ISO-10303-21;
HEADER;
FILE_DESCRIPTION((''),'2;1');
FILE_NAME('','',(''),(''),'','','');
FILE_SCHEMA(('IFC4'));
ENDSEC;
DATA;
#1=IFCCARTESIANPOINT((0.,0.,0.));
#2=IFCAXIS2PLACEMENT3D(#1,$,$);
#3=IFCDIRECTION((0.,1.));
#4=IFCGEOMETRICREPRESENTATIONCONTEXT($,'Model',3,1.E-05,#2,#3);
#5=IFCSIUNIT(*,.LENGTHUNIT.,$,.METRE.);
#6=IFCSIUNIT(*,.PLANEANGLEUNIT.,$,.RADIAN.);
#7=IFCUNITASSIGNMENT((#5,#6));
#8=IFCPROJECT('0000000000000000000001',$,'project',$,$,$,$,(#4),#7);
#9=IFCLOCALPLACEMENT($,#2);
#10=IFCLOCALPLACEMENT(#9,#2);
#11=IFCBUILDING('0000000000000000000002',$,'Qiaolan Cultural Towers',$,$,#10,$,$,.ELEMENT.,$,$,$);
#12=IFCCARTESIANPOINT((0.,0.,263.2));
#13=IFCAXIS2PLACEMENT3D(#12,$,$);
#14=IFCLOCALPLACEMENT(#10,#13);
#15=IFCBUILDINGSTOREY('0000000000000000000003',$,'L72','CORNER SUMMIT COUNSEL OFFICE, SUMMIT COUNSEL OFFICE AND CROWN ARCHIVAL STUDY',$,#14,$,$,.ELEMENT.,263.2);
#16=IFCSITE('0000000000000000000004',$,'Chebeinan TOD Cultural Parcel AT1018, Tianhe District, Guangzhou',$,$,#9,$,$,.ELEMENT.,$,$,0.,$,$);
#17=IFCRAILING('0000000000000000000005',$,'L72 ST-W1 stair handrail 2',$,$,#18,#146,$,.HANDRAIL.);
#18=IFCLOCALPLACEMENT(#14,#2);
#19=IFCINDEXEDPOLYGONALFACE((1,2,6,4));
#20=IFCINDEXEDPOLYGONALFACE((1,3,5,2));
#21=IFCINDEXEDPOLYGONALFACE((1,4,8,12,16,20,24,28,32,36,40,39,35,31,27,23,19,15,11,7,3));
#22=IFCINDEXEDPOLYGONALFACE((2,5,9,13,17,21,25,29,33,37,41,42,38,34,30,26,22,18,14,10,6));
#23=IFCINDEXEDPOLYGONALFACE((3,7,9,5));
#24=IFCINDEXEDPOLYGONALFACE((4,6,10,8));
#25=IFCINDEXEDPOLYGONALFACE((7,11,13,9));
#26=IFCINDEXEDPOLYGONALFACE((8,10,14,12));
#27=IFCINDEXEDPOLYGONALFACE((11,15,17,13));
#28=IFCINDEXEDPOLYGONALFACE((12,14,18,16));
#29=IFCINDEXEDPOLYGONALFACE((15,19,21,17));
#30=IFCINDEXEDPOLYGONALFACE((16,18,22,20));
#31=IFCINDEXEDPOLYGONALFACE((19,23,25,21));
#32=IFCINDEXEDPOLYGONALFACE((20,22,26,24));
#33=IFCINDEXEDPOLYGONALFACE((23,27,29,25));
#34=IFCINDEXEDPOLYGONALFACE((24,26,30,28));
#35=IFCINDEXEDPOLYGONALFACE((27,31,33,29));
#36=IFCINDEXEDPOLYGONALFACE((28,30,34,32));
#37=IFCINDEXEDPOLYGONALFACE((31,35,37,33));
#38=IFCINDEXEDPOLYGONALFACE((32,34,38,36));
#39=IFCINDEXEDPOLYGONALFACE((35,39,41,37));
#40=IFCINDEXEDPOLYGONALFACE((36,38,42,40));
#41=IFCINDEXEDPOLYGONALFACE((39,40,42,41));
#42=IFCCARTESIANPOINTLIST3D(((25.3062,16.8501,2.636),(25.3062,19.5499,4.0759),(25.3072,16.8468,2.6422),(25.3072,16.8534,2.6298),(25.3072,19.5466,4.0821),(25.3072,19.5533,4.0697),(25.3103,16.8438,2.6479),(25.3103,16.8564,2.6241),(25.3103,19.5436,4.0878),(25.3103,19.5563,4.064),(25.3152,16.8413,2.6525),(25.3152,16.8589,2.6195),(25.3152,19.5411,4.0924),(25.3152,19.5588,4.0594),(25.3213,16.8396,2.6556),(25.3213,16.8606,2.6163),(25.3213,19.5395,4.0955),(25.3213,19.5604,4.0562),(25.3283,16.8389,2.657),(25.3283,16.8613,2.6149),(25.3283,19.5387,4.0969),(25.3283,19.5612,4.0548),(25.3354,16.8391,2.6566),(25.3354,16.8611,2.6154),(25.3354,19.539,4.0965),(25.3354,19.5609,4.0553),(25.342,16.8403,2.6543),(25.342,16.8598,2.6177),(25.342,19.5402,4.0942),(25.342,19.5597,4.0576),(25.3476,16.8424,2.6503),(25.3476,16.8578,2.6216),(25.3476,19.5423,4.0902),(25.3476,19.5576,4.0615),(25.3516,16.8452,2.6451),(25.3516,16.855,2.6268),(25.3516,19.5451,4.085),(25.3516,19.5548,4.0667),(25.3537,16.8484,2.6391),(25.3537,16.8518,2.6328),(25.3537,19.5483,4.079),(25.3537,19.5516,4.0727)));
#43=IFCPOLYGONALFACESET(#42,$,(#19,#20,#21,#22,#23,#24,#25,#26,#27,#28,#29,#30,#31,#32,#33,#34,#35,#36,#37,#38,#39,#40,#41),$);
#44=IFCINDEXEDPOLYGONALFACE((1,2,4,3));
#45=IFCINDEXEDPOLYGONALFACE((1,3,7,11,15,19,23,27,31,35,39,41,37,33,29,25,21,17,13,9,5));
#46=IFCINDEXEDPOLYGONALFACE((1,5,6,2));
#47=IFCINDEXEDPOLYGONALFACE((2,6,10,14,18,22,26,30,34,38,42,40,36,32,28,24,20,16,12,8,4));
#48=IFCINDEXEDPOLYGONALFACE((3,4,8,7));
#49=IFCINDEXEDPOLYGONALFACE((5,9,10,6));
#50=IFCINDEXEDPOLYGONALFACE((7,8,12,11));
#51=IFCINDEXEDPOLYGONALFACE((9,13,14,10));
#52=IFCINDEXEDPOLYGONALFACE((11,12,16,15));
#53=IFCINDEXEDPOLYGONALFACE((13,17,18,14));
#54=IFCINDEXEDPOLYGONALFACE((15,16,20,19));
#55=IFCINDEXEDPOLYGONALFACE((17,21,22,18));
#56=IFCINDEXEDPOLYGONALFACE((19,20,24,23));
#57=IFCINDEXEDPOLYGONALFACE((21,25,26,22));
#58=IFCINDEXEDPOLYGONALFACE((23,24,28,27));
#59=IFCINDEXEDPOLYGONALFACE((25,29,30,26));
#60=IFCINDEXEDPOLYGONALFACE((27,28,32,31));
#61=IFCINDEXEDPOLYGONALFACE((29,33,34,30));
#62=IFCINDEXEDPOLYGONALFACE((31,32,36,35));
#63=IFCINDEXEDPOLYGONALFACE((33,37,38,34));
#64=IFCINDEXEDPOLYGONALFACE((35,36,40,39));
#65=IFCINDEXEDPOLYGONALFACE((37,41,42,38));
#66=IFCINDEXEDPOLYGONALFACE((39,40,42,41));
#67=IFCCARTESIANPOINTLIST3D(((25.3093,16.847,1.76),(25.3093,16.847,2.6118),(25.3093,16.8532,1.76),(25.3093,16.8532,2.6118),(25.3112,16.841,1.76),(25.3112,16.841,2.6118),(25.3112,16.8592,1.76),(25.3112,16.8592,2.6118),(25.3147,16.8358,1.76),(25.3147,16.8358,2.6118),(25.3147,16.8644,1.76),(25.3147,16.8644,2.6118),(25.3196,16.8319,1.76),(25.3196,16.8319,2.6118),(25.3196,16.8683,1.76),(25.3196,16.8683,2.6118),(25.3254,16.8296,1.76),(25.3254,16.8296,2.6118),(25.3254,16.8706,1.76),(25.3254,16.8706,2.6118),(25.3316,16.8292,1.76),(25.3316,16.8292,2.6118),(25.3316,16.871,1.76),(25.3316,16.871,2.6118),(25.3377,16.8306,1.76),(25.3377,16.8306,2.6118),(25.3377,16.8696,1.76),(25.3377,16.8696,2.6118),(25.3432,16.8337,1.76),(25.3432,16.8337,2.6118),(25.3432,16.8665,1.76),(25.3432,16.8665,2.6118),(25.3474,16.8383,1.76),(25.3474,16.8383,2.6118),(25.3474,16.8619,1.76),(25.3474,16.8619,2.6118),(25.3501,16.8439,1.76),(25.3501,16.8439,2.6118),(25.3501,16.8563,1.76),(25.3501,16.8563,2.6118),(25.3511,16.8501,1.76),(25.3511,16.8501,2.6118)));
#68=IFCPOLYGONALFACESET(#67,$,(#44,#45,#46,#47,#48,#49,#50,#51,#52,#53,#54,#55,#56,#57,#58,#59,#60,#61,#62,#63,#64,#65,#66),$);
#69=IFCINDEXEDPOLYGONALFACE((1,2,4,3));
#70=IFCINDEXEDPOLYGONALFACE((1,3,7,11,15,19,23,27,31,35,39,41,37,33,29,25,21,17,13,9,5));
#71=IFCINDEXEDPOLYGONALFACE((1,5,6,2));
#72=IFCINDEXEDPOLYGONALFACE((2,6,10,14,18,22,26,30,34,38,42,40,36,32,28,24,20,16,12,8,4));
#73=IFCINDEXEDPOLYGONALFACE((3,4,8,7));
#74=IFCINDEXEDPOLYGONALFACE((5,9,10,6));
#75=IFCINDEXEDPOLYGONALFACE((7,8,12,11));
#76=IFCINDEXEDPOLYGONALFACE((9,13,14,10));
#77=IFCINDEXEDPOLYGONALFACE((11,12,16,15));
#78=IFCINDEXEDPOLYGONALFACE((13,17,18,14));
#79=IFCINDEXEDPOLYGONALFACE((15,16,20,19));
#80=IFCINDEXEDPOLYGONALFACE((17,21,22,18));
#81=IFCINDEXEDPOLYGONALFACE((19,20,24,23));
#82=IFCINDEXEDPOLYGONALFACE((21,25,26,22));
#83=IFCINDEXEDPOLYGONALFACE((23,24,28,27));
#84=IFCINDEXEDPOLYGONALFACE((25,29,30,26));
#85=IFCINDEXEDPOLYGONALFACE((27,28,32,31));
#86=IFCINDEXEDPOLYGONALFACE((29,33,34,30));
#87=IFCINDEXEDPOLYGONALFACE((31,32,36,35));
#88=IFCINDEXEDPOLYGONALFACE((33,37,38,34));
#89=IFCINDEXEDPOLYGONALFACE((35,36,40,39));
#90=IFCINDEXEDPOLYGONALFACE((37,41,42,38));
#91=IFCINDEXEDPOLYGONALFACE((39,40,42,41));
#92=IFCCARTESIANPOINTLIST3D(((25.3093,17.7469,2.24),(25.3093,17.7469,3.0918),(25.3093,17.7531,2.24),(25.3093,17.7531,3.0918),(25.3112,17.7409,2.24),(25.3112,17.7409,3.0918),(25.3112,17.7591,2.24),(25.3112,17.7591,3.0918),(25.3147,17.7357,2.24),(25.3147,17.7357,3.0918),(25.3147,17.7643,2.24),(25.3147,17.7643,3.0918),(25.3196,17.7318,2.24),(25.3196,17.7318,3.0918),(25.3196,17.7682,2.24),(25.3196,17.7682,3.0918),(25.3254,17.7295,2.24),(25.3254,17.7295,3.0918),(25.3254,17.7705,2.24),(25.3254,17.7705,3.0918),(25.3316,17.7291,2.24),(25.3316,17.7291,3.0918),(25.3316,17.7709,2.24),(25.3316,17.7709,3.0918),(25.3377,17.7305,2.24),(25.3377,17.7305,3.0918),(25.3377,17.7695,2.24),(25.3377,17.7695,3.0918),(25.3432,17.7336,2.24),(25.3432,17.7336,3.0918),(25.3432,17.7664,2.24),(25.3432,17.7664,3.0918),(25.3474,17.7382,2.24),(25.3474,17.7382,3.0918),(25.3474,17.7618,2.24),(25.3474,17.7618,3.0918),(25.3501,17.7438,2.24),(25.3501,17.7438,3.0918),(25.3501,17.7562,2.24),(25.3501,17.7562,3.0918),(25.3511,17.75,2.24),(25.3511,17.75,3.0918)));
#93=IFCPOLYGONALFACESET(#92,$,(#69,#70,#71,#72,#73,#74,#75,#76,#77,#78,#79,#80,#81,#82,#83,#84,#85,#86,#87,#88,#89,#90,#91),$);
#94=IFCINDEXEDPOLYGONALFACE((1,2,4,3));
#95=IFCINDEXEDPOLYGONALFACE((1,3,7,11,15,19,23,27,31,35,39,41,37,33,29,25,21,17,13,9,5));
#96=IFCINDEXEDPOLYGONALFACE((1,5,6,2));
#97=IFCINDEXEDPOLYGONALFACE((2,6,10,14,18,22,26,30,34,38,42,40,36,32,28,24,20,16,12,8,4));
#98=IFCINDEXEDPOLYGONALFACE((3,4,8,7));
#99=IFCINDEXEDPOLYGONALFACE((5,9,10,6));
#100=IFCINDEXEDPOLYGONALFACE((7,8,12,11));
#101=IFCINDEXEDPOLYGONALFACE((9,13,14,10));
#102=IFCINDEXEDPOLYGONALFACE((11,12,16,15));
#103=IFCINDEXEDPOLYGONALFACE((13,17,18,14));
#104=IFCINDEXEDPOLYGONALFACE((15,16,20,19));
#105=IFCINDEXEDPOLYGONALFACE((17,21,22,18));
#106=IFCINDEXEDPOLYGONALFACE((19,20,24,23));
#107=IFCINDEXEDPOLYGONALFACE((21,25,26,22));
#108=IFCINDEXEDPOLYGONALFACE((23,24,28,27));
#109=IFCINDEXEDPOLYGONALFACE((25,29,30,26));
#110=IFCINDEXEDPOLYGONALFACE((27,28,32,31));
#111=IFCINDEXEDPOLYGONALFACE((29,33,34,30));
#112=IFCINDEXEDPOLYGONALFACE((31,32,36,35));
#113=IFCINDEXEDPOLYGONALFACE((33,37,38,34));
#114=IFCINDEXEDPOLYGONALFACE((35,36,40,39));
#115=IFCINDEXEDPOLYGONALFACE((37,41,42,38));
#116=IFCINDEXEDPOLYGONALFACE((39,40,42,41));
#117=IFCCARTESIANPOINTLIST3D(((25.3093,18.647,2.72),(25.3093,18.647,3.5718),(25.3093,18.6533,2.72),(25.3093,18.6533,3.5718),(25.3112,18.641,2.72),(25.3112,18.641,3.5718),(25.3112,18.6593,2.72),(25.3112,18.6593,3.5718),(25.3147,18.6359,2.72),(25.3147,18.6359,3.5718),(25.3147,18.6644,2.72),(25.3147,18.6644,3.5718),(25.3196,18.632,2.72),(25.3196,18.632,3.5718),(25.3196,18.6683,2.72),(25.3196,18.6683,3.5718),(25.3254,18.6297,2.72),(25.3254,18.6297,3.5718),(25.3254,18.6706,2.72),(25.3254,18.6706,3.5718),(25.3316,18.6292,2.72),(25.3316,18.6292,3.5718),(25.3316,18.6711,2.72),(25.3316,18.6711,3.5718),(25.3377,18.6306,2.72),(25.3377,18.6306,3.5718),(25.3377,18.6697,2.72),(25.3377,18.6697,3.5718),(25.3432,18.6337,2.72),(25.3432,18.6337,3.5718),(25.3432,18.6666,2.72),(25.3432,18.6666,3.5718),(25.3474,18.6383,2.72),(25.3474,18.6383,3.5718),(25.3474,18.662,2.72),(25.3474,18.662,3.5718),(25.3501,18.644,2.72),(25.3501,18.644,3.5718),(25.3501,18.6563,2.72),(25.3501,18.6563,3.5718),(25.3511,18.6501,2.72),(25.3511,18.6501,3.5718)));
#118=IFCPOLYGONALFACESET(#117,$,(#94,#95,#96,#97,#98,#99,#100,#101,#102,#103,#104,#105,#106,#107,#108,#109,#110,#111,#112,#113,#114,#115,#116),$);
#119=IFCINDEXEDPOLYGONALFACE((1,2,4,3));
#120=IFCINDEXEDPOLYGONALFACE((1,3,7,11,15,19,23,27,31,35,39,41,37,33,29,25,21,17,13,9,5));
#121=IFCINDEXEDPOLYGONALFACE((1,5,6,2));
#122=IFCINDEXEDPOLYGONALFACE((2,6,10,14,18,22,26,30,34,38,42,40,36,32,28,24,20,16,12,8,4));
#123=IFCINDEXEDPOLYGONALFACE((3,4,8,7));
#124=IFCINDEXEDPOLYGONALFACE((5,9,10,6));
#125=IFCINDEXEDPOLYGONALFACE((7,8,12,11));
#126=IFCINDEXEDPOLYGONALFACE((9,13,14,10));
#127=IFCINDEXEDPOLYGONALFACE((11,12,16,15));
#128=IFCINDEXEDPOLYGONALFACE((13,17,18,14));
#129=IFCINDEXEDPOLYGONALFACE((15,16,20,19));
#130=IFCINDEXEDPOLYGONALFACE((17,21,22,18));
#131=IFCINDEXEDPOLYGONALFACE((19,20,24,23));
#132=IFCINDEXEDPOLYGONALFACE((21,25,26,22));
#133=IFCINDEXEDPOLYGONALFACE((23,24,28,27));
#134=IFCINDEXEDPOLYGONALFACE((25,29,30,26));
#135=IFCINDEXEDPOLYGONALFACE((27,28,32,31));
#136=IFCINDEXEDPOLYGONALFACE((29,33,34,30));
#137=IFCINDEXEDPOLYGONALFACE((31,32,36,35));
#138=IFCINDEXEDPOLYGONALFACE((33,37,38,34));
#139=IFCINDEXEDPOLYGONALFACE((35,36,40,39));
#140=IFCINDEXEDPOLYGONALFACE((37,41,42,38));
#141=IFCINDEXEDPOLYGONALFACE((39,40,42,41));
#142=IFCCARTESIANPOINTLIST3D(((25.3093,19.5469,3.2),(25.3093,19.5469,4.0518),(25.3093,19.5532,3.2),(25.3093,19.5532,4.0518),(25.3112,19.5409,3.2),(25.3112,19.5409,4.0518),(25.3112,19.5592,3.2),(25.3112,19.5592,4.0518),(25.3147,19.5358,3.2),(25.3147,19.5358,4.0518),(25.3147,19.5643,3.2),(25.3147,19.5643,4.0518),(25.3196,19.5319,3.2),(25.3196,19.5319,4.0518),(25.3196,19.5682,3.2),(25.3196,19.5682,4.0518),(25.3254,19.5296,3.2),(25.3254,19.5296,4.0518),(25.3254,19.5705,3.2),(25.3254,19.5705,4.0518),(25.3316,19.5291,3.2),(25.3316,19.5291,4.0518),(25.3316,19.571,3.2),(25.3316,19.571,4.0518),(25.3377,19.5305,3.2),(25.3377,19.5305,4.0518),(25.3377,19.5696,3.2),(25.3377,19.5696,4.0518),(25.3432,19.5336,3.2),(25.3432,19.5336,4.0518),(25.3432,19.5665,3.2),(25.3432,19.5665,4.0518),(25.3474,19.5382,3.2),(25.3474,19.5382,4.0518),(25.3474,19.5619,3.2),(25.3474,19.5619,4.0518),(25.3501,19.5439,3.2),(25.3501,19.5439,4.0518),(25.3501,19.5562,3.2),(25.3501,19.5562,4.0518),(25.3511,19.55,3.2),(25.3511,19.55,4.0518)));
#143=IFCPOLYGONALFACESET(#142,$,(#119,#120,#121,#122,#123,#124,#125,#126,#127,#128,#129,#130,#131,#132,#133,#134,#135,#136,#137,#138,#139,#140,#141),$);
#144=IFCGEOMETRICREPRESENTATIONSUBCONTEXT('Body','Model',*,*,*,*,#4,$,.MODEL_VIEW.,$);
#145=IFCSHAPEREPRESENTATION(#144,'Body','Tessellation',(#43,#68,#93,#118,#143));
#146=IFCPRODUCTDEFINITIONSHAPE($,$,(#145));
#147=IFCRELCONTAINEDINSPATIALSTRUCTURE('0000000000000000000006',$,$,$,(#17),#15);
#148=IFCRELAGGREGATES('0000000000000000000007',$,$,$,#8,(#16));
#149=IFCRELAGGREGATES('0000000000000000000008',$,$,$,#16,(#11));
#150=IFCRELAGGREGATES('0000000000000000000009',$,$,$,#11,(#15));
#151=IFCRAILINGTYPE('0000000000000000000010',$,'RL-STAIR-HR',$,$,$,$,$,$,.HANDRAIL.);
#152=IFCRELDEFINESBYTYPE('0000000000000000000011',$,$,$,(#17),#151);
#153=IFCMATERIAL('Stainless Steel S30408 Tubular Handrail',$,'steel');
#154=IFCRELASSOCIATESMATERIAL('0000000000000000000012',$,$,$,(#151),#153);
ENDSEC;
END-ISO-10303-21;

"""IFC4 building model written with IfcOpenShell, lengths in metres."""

from ifc_helpers import new_model, si_unit, direction, frame, origin, origin_2d, place, context, subcontext, project, spatial, circle, extrude, material, type_object, element, save


model = new_model("IFC4")

# Units and contexts
model_context = context("Model", 3, precision=1e-05, world=origin(), true_north=direction((0.0, 1.0)))
body_context = subcontext(model_context, "Body", "Model", "MODEL_VIEW")
ifc_project = project(units=[si_unit("LENGTHUNIT", "METRE"), si_unit("PLANEANGLEUNIT", "RADIAN")], contexts=[model_context])

# Site, building, storey
site_placement = place(None, origin())
site = spatial("IfcSite", under=ifc_project, at=site_placement, Name="Chebeinan TOD Cultural Parcel AT1018, Tianhe District, Guangzhou", CompositionType="ELEMENT", RefElevation=0.0)
building_placement = place(site_placement, origin())
building = spatial("IfcBuilding", under=site, at=building_placement, Name="Qiaolan Cultural Towers", CompositionType="ELEMENT")
storey_placement = place(building_placement, frame((0.0, 0.0, 263.2)))
storey = spatial("IfcBuildingStorey", under=building, at=storey_placement, Name="L72", Description="CORNER SUMMIT COUNSEL OFFICE, SUMMIT COUNSEL OFFICE AND CROWN ARCHIVAL STUDY", CompositionType="ELEMENT", Elevation=263.2)

# Railing
ifc_material_1 = material(Name="Stainless Steel S30408 Tubular Handrail", Category="steel")
railing_type_1 = type_object("IfcRailingType", Name="RL-STAIR-HR", PredefinedType="HANDRAIL", material=ifc_material_1)
railing_1_placement = place(storey_placement, frame((25.3301, 16.8501, 1.76)))
element("IfcRailing", 1, at=railing_1_placement, inside=storey, type_object=railing_type_1, Name="L72 ST-W1 stair handrail 2", PredefinedType="HANDRAIL", context=body_context, shape_type="SweptSolid", body=[
    extrude(circle(Radius=0.0239, at=origin_2d()), frame((0.0, 0.0, 0.876), z_axis=(0.0, 0.882357, 0.47058), x_axis=(-1.0, 0.0, 0.0)), (0.0, 0.0, 1.0), 3.0598),
    extrude(circle(Radius=0.021, at=origin_2d()), origin(), (0.0, 0.0, 1.0), 0.8518),
    extrude(circle(Radius=0.021, at=origin_2d()), frame((0.0, 0.8999, 0.48)), (0.0, 0.0, 1.0), 0.8518),
    extrude(circle(Radius=0.021, at=origin_2d()), frame((0.0, 1.8, 0.96)), (0.0, 0.0, 1.0), 0.8518),
    extrude(circle(Radius=0.021, at=origin_2d()), frame((0.0, 2.7, 1.4399)), (0.0, 0.0, 1.0), 0.8518),
])

save(model, "model.ifc")
